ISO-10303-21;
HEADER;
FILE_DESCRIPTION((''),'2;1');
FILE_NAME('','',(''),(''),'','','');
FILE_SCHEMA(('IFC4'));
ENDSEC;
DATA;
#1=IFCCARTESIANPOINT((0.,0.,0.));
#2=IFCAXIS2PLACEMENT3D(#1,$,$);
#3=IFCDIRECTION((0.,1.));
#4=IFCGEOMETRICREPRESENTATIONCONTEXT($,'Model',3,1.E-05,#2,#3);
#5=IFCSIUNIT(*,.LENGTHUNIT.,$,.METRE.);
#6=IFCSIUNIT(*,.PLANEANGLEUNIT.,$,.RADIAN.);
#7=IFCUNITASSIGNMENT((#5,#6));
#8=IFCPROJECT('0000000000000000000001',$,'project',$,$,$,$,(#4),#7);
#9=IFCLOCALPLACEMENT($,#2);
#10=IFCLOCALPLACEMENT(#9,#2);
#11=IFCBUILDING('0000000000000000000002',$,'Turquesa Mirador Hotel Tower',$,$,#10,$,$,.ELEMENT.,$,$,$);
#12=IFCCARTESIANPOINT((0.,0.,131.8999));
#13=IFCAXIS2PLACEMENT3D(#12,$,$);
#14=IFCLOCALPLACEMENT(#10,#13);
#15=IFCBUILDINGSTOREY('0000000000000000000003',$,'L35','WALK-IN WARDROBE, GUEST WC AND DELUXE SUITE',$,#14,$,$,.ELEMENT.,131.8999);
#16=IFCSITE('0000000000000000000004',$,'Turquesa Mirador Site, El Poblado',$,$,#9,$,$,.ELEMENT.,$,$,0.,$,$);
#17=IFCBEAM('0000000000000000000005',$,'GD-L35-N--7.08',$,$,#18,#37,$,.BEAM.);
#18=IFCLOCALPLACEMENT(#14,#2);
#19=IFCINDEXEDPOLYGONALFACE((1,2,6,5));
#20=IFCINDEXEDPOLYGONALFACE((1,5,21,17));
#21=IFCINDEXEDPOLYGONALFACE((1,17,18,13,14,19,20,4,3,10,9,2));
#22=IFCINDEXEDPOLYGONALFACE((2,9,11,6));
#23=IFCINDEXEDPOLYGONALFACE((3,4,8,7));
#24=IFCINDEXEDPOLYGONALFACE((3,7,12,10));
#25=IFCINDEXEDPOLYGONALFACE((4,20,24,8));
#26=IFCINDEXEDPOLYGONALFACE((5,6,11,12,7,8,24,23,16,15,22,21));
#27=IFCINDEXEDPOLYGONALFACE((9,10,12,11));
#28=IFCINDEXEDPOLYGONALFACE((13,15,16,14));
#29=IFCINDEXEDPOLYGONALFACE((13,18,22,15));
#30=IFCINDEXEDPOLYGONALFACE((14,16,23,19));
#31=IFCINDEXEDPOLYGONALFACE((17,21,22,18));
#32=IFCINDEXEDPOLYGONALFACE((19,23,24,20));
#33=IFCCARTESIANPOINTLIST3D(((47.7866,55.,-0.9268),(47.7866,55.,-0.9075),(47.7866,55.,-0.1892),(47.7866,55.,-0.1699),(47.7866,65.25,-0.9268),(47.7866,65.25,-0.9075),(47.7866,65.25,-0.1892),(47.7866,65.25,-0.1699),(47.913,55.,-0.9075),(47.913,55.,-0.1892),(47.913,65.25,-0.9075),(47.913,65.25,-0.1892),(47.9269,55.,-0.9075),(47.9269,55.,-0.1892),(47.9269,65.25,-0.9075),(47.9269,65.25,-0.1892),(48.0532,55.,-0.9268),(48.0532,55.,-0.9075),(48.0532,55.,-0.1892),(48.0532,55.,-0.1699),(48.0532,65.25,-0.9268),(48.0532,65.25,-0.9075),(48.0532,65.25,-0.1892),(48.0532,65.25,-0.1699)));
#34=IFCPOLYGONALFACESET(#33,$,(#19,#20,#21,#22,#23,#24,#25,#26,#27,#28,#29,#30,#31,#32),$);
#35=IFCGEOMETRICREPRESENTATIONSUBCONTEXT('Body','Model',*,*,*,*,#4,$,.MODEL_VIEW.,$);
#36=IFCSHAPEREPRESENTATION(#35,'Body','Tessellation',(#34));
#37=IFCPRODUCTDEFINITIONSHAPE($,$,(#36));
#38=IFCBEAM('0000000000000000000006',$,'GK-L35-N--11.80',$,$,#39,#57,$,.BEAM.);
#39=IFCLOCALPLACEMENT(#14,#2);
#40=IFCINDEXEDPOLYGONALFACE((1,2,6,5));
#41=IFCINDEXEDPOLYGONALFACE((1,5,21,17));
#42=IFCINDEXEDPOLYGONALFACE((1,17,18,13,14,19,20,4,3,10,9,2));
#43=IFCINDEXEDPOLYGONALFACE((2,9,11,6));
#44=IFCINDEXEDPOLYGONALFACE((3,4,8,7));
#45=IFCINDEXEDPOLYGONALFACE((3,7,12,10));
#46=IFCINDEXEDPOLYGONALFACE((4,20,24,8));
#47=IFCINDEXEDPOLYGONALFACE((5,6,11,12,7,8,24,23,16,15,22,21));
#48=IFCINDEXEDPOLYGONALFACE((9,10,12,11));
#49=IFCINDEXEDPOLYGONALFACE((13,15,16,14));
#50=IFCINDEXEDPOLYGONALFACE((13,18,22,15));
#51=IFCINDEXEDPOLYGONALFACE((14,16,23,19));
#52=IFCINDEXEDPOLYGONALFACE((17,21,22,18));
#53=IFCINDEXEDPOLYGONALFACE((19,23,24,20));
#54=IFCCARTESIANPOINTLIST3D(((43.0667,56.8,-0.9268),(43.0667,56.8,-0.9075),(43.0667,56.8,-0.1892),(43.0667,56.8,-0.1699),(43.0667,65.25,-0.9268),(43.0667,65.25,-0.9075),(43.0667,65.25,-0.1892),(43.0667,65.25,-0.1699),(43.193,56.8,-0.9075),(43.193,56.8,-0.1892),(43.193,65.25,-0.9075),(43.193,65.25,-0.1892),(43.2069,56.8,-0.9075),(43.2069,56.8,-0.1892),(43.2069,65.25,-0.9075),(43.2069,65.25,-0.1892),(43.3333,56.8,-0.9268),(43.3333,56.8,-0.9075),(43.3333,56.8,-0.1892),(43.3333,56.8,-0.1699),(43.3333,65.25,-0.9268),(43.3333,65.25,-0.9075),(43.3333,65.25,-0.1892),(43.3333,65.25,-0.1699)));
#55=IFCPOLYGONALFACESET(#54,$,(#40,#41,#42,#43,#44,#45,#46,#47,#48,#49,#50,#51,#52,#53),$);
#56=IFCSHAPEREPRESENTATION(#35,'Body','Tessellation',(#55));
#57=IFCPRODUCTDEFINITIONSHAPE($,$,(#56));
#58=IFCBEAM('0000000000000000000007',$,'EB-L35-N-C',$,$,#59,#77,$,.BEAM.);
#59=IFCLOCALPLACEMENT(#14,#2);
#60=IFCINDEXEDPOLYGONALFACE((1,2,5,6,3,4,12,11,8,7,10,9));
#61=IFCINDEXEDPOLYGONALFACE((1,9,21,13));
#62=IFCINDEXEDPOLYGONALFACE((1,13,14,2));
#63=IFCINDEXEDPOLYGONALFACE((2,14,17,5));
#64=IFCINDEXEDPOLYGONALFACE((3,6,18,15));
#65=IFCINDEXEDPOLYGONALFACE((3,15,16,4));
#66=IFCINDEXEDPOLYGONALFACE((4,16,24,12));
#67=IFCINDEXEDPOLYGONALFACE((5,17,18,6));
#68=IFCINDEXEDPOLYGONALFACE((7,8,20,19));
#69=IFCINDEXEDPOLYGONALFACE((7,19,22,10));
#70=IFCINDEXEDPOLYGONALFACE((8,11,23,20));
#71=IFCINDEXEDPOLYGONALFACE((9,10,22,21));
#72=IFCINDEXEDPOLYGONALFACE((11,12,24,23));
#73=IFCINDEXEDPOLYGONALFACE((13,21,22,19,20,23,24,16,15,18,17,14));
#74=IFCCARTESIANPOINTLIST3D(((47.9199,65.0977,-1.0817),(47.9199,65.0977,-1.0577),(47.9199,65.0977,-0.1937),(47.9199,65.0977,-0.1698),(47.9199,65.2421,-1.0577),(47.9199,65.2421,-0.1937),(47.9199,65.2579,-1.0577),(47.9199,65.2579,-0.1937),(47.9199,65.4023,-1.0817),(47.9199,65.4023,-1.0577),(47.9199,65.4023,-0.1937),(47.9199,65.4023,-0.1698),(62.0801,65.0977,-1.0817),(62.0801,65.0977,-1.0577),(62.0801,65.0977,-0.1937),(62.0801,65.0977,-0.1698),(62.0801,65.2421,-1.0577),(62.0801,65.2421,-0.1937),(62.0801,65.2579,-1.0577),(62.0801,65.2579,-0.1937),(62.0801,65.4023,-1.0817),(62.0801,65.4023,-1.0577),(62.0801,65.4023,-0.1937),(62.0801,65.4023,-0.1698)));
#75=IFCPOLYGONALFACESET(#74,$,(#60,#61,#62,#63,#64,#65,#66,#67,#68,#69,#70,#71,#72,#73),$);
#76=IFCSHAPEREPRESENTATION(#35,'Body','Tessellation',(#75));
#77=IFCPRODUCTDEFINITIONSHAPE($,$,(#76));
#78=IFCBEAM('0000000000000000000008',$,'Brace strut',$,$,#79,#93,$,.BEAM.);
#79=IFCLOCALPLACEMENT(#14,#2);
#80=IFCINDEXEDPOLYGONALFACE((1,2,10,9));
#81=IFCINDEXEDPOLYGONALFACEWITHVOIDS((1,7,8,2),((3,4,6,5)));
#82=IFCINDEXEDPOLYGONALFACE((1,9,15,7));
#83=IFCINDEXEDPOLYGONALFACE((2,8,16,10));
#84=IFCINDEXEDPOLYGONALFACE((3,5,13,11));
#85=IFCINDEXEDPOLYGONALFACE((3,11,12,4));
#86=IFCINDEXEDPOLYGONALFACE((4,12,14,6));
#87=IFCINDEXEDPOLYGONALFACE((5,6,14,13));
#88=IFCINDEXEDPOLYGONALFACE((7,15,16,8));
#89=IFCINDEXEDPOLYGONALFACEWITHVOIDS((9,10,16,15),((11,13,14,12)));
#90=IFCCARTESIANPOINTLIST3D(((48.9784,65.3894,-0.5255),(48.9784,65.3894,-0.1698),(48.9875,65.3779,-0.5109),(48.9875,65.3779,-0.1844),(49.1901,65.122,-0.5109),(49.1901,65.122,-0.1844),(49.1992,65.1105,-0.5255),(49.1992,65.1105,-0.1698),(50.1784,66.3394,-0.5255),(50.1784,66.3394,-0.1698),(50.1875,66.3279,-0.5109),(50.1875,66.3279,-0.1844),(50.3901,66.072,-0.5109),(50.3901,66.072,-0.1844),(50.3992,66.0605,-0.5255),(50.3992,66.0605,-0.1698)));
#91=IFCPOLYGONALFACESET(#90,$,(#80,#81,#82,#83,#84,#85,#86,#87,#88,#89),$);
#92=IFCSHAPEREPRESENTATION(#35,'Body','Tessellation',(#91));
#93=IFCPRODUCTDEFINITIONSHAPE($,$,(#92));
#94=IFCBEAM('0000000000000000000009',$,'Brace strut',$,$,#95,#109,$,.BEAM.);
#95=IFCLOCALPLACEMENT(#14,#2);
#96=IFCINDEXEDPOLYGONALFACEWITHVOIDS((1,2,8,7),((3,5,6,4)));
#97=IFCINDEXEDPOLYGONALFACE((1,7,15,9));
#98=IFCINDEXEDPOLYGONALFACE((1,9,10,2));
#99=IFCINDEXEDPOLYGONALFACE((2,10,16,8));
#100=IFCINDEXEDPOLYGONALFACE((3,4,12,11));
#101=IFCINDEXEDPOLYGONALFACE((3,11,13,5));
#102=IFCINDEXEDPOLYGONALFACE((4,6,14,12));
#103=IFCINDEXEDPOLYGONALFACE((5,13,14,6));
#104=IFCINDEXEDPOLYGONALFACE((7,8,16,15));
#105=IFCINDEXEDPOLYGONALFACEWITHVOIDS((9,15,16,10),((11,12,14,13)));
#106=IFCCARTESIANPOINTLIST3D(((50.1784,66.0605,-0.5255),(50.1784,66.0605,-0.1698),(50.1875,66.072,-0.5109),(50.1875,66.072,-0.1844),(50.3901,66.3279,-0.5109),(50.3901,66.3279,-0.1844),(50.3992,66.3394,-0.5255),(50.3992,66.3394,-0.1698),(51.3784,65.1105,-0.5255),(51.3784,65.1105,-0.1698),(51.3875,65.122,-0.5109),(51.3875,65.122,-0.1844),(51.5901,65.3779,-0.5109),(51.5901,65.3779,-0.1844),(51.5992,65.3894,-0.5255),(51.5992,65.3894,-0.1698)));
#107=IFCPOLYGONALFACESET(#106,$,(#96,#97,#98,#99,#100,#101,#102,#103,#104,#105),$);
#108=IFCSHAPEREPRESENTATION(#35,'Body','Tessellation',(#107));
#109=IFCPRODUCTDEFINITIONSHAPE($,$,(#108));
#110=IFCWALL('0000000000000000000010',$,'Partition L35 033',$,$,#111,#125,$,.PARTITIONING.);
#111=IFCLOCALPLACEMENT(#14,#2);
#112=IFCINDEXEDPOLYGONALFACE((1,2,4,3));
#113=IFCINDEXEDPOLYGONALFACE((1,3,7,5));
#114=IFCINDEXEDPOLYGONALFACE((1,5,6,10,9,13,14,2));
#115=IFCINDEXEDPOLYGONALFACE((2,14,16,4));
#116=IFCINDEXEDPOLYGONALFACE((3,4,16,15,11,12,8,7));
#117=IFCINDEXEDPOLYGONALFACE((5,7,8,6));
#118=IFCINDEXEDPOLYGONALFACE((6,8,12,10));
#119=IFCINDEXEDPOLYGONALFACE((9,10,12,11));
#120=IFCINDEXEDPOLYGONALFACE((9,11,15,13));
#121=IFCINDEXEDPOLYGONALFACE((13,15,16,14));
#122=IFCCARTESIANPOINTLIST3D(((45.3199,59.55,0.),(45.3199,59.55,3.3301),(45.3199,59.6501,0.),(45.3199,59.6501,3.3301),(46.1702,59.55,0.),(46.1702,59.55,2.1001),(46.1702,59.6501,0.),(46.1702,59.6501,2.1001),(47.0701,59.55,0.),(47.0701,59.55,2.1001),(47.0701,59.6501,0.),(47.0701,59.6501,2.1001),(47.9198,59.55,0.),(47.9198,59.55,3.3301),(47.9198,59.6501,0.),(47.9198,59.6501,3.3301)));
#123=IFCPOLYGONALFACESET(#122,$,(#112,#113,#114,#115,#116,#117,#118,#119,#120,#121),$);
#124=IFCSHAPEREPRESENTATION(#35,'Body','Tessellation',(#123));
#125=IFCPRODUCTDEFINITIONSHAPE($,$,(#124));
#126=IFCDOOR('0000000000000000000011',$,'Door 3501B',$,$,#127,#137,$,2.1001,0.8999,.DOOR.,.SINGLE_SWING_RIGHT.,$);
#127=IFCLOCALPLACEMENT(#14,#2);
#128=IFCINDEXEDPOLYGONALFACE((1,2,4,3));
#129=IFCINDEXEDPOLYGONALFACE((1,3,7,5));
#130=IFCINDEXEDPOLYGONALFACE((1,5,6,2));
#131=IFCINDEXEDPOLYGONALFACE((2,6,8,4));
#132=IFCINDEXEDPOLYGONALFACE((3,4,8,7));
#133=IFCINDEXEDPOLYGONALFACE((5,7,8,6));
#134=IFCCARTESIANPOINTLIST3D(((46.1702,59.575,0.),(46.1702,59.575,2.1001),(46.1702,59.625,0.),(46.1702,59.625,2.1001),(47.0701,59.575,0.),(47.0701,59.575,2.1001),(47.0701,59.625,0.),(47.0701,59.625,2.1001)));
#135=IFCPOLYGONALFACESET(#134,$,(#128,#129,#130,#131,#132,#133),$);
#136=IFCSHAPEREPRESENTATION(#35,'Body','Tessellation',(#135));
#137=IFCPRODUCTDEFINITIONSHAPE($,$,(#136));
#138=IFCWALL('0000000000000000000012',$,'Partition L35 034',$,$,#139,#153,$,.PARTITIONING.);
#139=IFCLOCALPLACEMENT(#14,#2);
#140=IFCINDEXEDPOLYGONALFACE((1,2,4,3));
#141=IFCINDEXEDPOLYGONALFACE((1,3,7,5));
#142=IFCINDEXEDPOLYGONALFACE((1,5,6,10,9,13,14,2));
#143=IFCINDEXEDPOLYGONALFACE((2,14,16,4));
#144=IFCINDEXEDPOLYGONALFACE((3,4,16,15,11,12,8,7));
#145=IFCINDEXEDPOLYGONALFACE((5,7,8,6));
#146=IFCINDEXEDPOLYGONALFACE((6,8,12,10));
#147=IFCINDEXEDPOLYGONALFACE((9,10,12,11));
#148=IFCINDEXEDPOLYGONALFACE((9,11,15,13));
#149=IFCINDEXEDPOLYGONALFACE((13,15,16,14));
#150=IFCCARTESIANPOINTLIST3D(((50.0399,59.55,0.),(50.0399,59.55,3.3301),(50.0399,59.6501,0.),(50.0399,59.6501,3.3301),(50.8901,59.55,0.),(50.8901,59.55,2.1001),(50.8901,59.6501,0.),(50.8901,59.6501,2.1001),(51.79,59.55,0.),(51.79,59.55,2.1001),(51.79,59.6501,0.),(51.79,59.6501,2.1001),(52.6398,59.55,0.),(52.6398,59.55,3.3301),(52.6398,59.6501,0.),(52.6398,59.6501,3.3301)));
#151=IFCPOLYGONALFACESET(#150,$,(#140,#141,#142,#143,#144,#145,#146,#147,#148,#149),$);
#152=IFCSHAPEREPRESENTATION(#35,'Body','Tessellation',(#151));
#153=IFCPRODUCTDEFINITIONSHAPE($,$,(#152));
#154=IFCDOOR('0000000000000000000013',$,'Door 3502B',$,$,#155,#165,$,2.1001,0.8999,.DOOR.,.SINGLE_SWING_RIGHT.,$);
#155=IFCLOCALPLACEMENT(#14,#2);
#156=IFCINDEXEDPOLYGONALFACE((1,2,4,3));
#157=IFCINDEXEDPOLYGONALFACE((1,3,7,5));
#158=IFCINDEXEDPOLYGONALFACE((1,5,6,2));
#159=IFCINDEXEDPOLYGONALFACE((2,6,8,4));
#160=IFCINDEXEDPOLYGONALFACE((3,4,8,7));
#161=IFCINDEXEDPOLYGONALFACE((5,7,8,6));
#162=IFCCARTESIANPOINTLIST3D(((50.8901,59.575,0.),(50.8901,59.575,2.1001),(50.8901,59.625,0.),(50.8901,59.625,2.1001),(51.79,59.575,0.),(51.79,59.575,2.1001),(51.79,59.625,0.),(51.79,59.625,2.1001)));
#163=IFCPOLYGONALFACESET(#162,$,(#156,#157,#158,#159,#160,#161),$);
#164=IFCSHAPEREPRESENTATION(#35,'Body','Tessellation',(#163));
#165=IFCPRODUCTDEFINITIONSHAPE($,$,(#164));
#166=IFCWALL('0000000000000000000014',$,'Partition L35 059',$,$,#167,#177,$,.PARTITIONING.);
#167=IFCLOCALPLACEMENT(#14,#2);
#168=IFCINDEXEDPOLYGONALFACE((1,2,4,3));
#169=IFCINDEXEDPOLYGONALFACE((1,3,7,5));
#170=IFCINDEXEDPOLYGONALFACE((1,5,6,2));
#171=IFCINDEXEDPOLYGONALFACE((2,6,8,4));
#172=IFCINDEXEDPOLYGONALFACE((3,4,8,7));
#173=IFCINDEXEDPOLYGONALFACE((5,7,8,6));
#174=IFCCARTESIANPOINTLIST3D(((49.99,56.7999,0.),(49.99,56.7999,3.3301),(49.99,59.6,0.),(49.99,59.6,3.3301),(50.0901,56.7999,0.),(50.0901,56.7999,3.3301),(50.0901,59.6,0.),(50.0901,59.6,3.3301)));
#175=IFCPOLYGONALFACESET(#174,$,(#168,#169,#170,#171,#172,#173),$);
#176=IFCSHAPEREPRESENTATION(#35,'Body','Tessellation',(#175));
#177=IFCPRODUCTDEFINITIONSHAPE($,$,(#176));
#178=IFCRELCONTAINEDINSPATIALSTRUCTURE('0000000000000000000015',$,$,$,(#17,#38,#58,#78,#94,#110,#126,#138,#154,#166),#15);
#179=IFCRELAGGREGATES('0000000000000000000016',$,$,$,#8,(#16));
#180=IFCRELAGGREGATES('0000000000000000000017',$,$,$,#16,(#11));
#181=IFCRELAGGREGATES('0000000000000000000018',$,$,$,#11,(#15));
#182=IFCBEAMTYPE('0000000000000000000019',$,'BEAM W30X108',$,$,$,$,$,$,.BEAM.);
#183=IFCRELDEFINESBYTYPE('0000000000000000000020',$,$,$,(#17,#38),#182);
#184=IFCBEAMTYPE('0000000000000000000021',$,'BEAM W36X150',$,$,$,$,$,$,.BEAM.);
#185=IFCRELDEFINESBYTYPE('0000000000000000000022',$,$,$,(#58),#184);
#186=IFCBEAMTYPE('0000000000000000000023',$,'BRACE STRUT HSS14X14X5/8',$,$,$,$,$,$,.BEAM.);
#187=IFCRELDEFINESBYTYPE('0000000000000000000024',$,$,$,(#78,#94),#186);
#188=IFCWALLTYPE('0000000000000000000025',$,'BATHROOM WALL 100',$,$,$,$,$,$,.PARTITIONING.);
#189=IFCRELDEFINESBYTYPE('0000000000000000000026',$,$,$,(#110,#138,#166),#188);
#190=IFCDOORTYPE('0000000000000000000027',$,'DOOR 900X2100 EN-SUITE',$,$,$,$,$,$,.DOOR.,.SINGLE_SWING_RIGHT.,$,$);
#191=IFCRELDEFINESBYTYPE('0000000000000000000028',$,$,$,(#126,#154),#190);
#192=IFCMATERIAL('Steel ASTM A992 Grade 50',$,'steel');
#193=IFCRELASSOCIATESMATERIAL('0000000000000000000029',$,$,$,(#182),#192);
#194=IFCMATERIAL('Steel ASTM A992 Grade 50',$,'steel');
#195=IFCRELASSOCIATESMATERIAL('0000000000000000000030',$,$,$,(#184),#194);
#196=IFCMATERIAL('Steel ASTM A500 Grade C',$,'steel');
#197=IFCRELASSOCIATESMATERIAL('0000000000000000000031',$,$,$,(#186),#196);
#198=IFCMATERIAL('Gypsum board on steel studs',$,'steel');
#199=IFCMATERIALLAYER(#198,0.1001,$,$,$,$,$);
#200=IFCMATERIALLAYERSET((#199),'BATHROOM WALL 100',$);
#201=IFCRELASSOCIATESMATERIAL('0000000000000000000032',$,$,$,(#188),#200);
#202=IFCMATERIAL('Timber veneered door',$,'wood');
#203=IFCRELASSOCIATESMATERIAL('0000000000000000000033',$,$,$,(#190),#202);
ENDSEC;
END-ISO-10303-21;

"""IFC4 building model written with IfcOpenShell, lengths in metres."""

from ifc_helpers import new_model, si_unit, direction, frame, frame_2d, origin, origin_2d, place, context, subcontext, project, spatial, rectangle, hollow_rectangle, i_section, extrude, material, layer, layer_set, material_profile, profile_set, type_object, element, fill, save


model = new_model("IFC4")

# Units and contexts
model_context = context("Model", 3, precision=1e-05, world=origin(), true_north=direction((0.0, 1.0)))
body_context = subcontext(model_context, "Body", "Model", "MODEL_VIEW")
ifc_project = project(units=[si_unit("LENGTHUNIT", "METRE"), si_unit("PLANEANGLEUNIT", "RADIAN")], contexts=[model_context])

# Site, building, storey
site_placement = place(None, origin())
site = spatial("IfcSite", under=ifc_project, at=site_placement, Name="Turquesa Mirador Site, El Poblado", CompositionType="ELEMENT", RefElevation=0.0)
building_placement = place(site_placement, origin())
building = spatial("IfcBuilding", under=site, at=building_placement, Name="Turquesa Mirador Hotel Tower", CompositionType="ELEMENT")
storey_placement = place(building_placement, frame((0.0, 0.0, 131.8999)))
storey = spatial("IfcBuildingStorey", under=building, at=storey_placement, Name="L35", Description="WALK-IN WARDROBE, GUEST WC AND DELUXE SUITE", CompositionType="ELEMENT", Elevation=131.8999)

# Beams
ifc_material_1 = material(Name="Steel ASTM A992 Grade 50", Category="steel")
ifc_material_profile_1 = material_profile(ifc_material_1, i_section(OverallWidth=0.2666, OverallDepth=0.7568, WebThickness=0.0139, FlangeThickness=0.0193, at=origin_2d()), Name="W30X108")
ifc_profile_set_1 = profile_set([ifc_material_profile_1], Name="Steel ASTM A992 Grade 50")
beam_type_1 = type_object("IfcBeamType", Name="BEAM W30X108", PredefinedType="BEAM", material=ifc_profile_set_1)
beam_1_placement = place(storey_placement, frame((47.9199, 65.25, -0.5483), z_axis=(0.0, -1.0, 0.0), x_axis=(1.0, 0.0, 0.0)))
element("IfcBeam", 1, at=beam_1_placement, inside=storey, type_object=beam_type_1, Name="GD-L35-N--7.08", PredefinedType="BEAM", context=body_context, shape_type="SweptSolid", body=[
    extrude(i_section(OverallWidth=0.2666, OverallDepth=0.7568, WebThickness=0.0139, FlangeThickness=0.0193, at=origin_2d()), origin(), (0.0, 0.0, 1.0), 10.25),
])
beam_2_placement = place(storey_placement, frame((43.2, 65.25, -0.5483), z_axis=(0.0, -1.0, 0.0), x_axis=(1.0, 0.0, 0.0)))
element("IfcBeam", 2, at=beam_2_placement, inside=storey, type_object=beam_type_1, Name="GK-L35-N--11.80", PredefinedType="BEAM", context=body_context, shape_type="SweptSolid", body=[
    extrude(i_section(OverallWidth=0.2666, OverallDepth=0.7568, WebThickness=0.0139, FlangeThickness=0.0193, at=origin_2d()), origin(), (0.0, 0.0, 1.0), 8.45),
])
ifc_material_2 = material(Name="Steel ASTM A992 Grade 50", Category="steel")
ifc_material_profile_2 = material_profile(ifc_material_2, i_section(OverallWidth=0.3047, OverallDepth=0.9119, WebThickness=0.0159, FlangeThickness=0.0239, at=origin_2d()), Name="W36X150")
ifc_profile_set_2 = profile_set([ifc_material_profile_2], Name="Steel ASTM A992 Grade 50")
beam_type_2 = type_object("IfcBeamType", Name="BEAM W36X150", PredefinedType="BEAM", material=ifc_profile_set_2)
beam_3_placement = place(storey_placement, frame((47.9199, 65.25, -0.6257), z_axis=(1.0, 0.0, 0.0), x_axis=(0.0, 1.0, 0.0)))
element("IfcBeam", 3, at=beam_3_placement, inside=storey, type_object=beam_type_2, Name="EB-L35-N-C", PredefinedType="BEAM", context=body_context, shape_type="SweptSolid", body=[
    extrude(i_section(OverallWidth=0.3047, OverallDepth=0.9119, WebThickness=0.0159, FlangeThickness=0.0239, at=origin_2d()), origin(), (0.0, 0.0, 1.0), 14.1602),
])
ifc_material_3 = material(Name="Steel ASTM A500 Grade C", Category="steel")
ifc_material_profile_3 = material_profile(ifc_material_3, hollow_rectangle(XDim=0.3557, YDim=0.3557, WallThickness=0.0146, at=origin_2d()), Name="HSS14X14X5/8")
ifc_profile_set_3 = profile_set([ifc_material_profile_3], Name="Steel ASTM A500 Grade C")
beam_type_3 = type_object("IfcBeamType", Name="BRACE STRUT HSS14X14X5/8", PredefinedType="BEAM", material=ifc_profile_set_3)
for number, where, z_axis, x_axis, name in (
    (4, (50.2888, 66.2, -0.3477), (-0.784049, -0.620699, 0.0), (0.620699, -0.784049, 0.0), "Brace strut"),
    (5, (50.2888, 66.2, -0.3477), (0.784049, -0.620699, 0.0), (0.620699, 0.784049, 0.0), "Brace strut"),
):
    element("IfcBeam", number, at=place(storey_placement, frame(where, z_axis=z_axis, x_axis=x_axis)), inside=storey, type_object=beam_type_3, Name=name, PredefinedType="BEAM", context=body_context, shape_type="SweptSolid", body=[
        extrude(hollow_rectangle(XDim=0.3557, YDim=0.3557, WallThickness=0.0146, at=origin_2d()), origin(), (0.0, 0.0, 1.0), 1.5305),
    ])

# Walls, openings, doors
ifc_material_4 = material(Name="Gypsum board on steel studs", Category="steel")
ifc_layer_1 = layer(ifc_material_4, 0.1001)
ifc_layer_set_1 = layer_set([ifc_layer_1], Name="BATHROOM WALL 100")
wall_type_1 = type_object("IfcWallType", Name="BATHROOM WALL 100", PredefinedType="PARTITIONING", material=ifc_layer_set_1)
wall_1_placement = place(storey_placement, frame((45.3201, 59.6001, 0.0), z_axis=(0.0, 0.0, 1.0), x_axis=(1.0, 0.0, 0.0)))
wall_1 = element("IfcWall", 6, at=wall_1_placement, inside=storey, type_object=wall_type_1, Name="Partition L35 033", PredefinedType="PARTITIONING", context=body_context, shape_type="SweptSolid", body=[
    extrude(rectangle(XDim=2.5999, YDim=0.1001, at=frame_2d((1.2998, 0.0))), origin(), (0.0, 0.0, 1.0), 3.3301),
])
opening_1_placement = place(wall_1_placement, frame((0.8501, 0.0, 0.0)))
opening_1 = element("IfcOpeningElement", 7, at=opening_1_placement, cuts=wall_1, PredefinedType="OPENING", context=body_context, shape_type="SweptSolid", body=[
    extrude(rectangle(XDim=0.8999, YDim=2.1001, at=frame_2d((0.45, 1.05))), frame((0.0, 0.0601, 0.0), z_axis=(0.0, -1.0, 0.0), x_axis=(1.0, 0.0, 0.0)), (0.0, 0.0, 1.0), 0.1201),
])
ifc_material_5 = material(Name="Timber veneered door", Category="wood")
door_type = type_object("IfcDoorType", Name="DOOR 900X2100 EN-SUITE", OperationType="SINGLE_SWING_RIGHT", PredefinedType="DOOR", material=ifc_material_5)
door_1_placement = place(opening_1_placement, origin())
door_1 = element("IfcDoor", 8, at=door_1_placement, inside=storey, type_object=door_type, Name="Door 3501B", OperationType="SINGLE_SWING_RIGHT", OverallHeight=2.1001, OverallWidth=0.8999, PredefinedType="DOOR", context=body_context, shape_type="SweptSolid", body=[
    extrude(rectangle(XDim=0.8999, YDim=2.1001, at=frame_2d((0.45, 1.05))), frame((0.0, 0.0249, 0.0), z_axis=(0.0, -1.0, 0.0), x_axis=(1.0, 0.0, 0.0)), (0.0, 0.0, 1.0), 0.05),
])
fill(opening_1, door_1)
wall_2_placement = place(storey_placement, frame((50.04, 59.6001, 0.0), z_axis=(0.0, 0.0, 1.0), x_axis=(1.0, 0.0, 0.0)))
wall_2 = element("IfcWall", 9, at=wall_2_placement, inside=storey, type_object=wall_type_1, Name="Partition L35 034", PredefinedType="PARTITIONING", context=body_context, shape_type="SweptSolid", body=[
    extrude(rectangle(XDim=2.5999, YDim=0.1001, at=frame_2d((1.2998, 0.0))), origin(), (0.0, 0.0, 1.0), 3.3301),
])
opening_2_placement = place(wall_2_placement, frame((0.8501, 0.0, 0.0)))
opening_2 = element("IfcOpeningElement", 10, at=opening_2_placement, cuts=wall_2, PredefinedType="OPENING", context=body_context, shape_type="SweptSolid", body=[
    extrude(rectangle(XDim=0.8999, YDim=2.1001, at=frame_2d((0.45, 1.05))), frame((0.0, 0.0601, 0.0), z_axis=(0.0, -1.0, 0.0), x_axis=(1.0, 0.0, 0.0)), (0.0, 0.0, 1.0), 0.1201),
])
door_2_placement = place(opening_2_placement, origin())
door_2 = element("IfcDoor", 11, at=door_2_placement, inside=storey, type_object=door_type, Name="Door 3502B", OperationType="SINGLE_SWING_RIGHT", OverallHeight=2.1001, OverallWidth=0.8999, PredefinedType="DOOR", context=body_context, shape_type="SweptSolid", body=[
    extrude(rectangle(XDim=0.8999, YDim=2.1001, at=frame_2d((0.45, 1.05))), frame((0.0, 0.0249, 0.0), z_axis=(0.0, -1.0, 0.0), x_axis=(1.0, 0.0, 0.0)), (0.0, 0.0, 1.0), 0.05),
])
fill(opening_2, door_2)

# Wall
for number, where, z_axis, x_axis, name in (
    (12, (50.04, 56.8, 0.0), (0.0, 0.0, 1.0), (0.0, 1.0, 0.0), "Partition L35 059"),
):
    element("IfcWall", number, at=place(storey_placement, frame(where, z_axis=z_axis, x_axis=x_axis)), inside=storey, type_object=wall_type_1, Name=name, PredefinedType="PARTITIONING", context=body_context, shape_type="SweptSolid", body=[
        extrude(rectangle(XDim=2.8, YDim=0.1001, at=frame_2d((1.3999, 0.0))), origin(), (0.0, 0.0, 1.0), 3.3301),
    ])

save(model, "model.ifc")
